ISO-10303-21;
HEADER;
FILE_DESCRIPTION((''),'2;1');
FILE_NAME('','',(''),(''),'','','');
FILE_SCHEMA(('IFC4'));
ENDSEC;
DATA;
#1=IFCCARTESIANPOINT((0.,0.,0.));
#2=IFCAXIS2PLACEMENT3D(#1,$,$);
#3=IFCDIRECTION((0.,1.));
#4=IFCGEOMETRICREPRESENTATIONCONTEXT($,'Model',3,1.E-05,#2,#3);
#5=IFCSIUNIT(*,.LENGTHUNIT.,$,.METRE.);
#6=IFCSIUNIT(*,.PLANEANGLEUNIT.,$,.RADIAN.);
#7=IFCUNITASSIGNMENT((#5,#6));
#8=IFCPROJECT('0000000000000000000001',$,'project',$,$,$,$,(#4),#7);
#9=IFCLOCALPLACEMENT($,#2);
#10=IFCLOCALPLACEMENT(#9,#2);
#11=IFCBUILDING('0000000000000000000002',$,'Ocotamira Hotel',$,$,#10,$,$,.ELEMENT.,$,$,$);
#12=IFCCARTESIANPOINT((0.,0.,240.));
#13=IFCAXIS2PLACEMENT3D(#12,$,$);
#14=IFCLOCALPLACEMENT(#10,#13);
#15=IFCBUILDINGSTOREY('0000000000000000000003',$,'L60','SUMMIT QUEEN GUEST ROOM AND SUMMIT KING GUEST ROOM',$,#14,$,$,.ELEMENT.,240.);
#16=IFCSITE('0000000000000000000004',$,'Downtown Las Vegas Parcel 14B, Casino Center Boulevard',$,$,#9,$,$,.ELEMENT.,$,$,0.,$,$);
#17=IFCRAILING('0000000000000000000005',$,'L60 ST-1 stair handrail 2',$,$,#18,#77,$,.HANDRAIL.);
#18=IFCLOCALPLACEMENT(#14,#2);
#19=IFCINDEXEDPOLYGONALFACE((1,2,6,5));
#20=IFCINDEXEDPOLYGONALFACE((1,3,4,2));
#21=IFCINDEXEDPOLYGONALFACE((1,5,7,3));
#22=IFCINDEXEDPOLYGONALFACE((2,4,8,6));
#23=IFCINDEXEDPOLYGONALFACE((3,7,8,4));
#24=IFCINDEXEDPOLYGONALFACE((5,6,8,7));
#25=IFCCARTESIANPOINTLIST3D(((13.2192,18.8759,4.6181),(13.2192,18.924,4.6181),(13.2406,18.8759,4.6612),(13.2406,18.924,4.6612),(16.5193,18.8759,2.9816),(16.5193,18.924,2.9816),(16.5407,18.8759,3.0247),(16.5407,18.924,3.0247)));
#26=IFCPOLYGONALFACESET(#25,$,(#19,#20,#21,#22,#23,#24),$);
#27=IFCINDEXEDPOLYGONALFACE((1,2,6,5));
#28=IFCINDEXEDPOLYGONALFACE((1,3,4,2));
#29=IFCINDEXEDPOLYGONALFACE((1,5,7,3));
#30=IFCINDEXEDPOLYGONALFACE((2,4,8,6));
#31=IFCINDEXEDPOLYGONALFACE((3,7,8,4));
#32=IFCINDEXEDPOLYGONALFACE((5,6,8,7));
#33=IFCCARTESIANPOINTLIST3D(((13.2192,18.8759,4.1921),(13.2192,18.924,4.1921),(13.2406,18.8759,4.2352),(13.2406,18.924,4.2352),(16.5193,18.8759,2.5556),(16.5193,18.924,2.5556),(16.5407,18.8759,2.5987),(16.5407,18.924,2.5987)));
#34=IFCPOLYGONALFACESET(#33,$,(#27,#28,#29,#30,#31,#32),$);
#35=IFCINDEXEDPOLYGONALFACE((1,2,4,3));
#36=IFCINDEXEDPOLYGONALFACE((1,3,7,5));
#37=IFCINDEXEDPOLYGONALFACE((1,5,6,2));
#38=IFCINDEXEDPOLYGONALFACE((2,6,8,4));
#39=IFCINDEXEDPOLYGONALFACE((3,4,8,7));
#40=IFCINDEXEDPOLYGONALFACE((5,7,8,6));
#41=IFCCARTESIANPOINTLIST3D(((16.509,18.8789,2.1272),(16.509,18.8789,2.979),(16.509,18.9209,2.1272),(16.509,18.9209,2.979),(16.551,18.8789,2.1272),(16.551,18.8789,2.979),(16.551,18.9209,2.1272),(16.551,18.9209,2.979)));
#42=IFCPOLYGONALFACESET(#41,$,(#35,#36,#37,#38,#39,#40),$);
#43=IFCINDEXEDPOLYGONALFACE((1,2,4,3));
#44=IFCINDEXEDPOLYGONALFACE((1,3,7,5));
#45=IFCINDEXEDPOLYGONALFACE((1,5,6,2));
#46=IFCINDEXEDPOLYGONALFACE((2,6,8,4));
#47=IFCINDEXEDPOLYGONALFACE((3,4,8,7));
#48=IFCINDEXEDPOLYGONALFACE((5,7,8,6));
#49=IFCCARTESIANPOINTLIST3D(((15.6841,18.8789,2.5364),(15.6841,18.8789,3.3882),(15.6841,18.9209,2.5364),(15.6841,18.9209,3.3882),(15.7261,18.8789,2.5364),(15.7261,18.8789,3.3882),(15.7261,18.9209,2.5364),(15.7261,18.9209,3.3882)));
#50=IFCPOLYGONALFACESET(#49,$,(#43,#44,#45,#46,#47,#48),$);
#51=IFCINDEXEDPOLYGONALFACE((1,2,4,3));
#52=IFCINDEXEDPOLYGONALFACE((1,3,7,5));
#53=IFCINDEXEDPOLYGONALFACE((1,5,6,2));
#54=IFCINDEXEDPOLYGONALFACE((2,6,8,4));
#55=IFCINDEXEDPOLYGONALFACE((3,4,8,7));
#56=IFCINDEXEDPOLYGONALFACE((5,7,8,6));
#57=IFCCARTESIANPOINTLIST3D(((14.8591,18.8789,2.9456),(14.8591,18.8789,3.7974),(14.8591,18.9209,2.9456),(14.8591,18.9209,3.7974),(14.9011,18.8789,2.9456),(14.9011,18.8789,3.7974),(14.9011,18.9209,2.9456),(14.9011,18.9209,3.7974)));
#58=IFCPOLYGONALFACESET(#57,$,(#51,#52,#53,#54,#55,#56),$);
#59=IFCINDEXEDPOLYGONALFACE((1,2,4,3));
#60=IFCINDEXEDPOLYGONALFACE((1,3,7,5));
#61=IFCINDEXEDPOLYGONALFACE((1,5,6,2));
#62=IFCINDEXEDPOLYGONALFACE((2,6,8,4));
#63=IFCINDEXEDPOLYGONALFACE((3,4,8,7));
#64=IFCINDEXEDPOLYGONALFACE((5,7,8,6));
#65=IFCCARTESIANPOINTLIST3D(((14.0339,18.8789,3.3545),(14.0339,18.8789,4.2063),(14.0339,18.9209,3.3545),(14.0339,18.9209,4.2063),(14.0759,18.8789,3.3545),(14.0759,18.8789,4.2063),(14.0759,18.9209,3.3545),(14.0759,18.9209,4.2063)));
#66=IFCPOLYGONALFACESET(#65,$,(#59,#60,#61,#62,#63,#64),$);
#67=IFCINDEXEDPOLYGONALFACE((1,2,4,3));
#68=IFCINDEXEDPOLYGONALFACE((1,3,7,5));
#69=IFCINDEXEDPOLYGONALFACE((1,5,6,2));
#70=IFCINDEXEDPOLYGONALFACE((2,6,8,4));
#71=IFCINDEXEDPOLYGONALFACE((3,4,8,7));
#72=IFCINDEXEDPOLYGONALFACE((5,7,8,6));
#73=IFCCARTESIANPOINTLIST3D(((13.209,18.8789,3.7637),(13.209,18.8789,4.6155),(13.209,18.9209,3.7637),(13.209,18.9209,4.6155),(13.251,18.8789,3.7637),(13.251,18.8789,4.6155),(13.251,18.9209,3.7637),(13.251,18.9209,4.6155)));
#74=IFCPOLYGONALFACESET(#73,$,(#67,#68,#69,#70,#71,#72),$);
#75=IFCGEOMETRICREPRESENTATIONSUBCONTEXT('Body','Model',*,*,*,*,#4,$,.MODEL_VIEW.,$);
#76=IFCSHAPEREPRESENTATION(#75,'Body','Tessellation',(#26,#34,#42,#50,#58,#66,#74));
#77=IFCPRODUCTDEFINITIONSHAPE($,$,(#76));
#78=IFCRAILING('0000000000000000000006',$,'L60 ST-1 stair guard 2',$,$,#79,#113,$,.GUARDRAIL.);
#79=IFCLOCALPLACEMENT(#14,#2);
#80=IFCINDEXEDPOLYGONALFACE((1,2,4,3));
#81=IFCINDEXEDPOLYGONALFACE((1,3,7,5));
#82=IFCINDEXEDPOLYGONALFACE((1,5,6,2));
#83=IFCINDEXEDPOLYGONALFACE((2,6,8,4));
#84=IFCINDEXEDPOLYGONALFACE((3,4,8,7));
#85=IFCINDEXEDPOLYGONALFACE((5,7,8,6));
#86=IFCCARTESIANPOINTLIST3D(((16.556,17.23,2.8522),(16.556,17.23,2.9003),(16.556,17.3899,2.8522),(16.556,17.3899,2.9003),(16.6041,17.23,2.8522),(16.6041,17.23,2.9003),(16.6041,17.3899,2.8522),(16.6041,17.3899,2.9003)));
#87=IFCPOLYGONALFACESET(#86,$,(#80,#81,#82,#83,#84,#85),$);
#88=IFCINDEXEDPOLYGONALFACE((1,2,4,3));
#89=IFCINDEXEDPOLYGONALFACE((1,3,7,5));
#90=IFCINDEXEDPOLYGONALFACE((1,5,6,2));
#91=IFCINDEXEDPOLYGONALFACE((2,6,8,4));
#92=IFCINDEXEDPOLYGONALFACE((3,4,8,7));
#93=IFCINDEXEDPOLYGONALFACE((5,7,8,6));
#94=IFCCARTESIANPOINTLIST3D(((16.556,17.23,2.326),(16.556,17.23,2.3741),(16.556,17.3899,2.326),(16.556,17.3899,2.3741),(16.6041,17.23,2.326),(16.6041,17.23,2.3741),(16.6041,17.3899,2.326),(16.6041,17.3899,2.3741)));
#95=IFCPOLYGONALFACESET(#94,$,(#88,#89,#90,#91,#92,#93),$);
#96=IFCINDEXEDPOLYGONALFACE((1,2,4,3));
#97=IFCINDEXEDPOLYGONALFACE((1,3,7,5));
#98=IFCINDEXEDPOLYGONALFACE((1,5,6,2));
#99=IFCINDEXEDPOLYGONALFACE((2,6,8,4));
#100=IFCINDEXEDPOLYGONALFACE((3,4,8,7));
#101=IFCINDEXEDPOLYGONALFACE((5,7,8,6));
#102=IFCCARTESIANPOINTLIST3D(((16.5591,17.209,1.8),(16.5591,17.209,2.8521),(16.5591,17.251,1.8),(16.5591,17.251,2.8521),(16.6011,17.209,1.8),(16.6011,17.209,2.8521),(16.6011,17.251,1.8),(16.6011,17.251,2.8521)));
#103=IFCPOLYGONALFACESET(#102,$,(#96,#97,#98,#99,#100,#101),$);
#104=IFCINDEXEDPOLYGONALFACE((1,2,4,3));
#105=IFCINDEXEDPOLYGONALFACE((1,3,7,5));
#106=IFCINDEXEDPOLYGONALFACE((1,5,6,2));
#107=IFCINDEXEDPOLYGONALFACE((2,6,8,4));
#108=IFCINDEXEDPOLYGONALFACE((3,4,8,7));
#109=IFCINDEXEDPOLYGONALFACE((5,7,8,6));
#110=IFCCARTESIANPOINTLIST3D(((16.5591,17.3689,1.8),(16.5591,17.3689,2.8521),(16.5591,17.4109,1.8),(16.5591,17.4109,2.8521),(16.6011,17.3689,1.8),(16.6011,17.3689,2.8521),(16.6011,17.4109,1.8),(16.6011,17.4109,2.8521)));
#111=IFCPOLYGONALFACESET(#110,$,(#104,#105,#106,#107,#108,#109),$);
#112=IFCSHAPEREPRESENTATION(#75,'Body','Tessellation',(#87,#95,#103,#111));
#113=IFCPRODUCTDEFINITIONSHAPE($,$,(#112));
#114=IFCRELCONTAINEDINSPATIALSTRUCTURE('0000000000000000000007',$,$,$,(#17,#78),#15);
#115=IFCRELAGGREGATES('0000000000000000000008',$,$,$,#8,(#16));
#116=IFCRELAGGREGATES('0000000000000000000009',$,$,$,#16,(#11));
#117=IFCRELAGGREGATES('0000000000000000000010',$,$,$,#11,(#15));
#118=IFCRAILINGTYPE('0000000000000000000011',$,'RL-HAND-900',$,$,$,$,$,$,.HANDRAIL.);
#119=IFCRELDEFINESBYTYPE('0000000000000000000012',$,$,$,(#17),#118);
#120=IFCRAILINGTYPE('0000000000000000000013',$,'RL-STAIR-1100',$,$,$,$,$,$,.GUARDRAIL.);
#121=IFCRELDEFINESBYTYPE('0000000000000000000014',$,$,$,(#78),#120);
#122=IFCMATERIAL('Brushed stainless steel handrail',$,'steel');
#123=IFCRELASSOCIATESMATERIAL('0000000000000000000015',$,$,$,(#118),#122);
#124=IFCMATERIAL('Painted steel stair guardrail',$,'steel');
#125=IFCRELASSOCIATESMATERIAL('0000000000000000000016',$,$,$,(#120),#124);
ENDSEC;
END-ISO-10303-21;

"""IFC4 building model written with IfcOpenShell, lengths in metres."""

from ifc_helpers import new_model, si_unit, direction, frame, origin, origin_2d, place, context, subcontext, project, spatial, rectangle, extrude, material, type_object, element, save


model = new_model("IFC4")

# Units and contexts
model_context = context("Model", 3, precision=1e-05, world=origin(), true_north=direction((0.0, 1.0)))
body_context = subcontext(model_context, "Body", "Model", "MODEL_VIEW")
ifc_project = project(units=[si_unit("LENGTHUNIT", "METRE"), si_unit("PLANEANGLEUNIT", "RADIAN")], contexts=[model_context])

# Site, building, storey
site_placement = place(None, origin())
site = spatial("IfcSite", under=ifc_project, at=site_placement, Name="Downtown Las Vegas Parcel 14B, Casino Center Boulevard", CompositionType="ELEMENT", RefElevation=0.0)
building_placement = place(site_placement, origin())
building = spatial("IfcBuilding", under=site, at=building_placement, Name="Ocotamira Hotel", CompositionType="ELEMENT")
storey_placement = place(building_placement, frame((0.0, 0.0, 240.0)))
storey = spatial("IfcBuildingStorey", under=building, at=storey_placement, Name="L60", Description="SUMMIT QUEEN GUEST ROOM AND SUMMIT KING GUEST ROOM", CompositionType="ELEMENT", Elevation=240.0)

# Railings
ifc_material_1 = material(Name="Painted steel stair guardrail", Category="steel")
ifc_material_2 = material(Name="Brushed stainless steel handrail", Category="steel")
railing_type_1 = type_object("IfcRailingType", Name="RL-HAND-900", PredefinedType="HANDRAIL", material=ifc_material_2)
railing_1_placement = place(storey_placement, frame((16.53, 18.8999, 2.1272)))
element("IfcRailing", 1, at=railing_1_placement, inside=storey, type_object=railing_type_1, Name="L60 ST-1 stair handrail 2", PredefinedType="HANDRAIL", context=body_context, shape_type="SweptSolid", body=[
    extrude(rectangle(XDim=0.0481, YDim=0.0481, at=origin_2d()), frame((0.0, 0.0, 0.876), z_axis=(-0.895894, 0.0, 0.444268), x_axis=(0.0, -1.0, 0.0)), (0.0, 0.0, 1.0), 3.6836),
    extrude(rectangle(XDim=0.0481, YDim=0.0481, at=origin_2d()), frame((0.0, 0.0, 0.45), z_axis=(-0.895894, 0.0, 0.444268), x_axis=(0.0, -1.0, 0.0)), (0.0, 0.0, 1.0), 3.6836),
    extrude(rectangle(XDim=0.042, YDim=0.042, at=origin_2d()), origin(), (0.0, 0.0, 1.0), 0.8518),
    extrude(rectangle(XDim=0.042, YDim=0.042, at=origin_2d()), frame((-0.825, 0.0, 0.4092)), (0.0, 0.0, 1.0), 0.8518),
    extrude(rectangle(XDim=0.042, YDim=0.042, at=origin_2d()), frame((-1.6499, 0.0, 0.8184)), (0.0, 0.0, 1.0), 0.8518),
    extrude(rectangle(XDim=0.042, YDim=0.042, at=origin_2d()), frame((-2.4751, 0.0, 1.2273)), (0.0, 0.0, 1.0), 0.8518),
    extrude(rectangle(XDim=0.042, YDim=0.042, at=origin_2d()), frame((-3.3, 0.0, 1.6365)), (0.0, 0.0, 1.0), 0.8518),
])
railing_type_2 = type_object("IfcRailingType", Name="RL-STAIR-1100", PredefinedType="GUARDRAIL", material=ifc_material_1)
railing_2_placement = place(storey_placement, frame((16.5801, 17.23, 1.8)))
element("IfcRailing", 2, at=railing_2_placement, inside=storey, type_object=railing_type_2, Name="L60 ST-1 stair guard 2", PredefinedType="GUARDRAIL", context=body_context, shape_type="SweptSolid", body=[
    extrude(rectangle(XDim=0.0481, YDim=0.0481, at=origin_2d()), frame((0.0, 0.0, 1.0762), z_axis=(0.0, 1.0, 0.0), x_axis=(-1.0, 0.0, 0.0)), (0.0, 0.0, 1.0), 0.1599),
    extrude(rectangle(XDim=0.0481, YDim=0.0481, at=origin_2d()), frame((0.0, 0.0, 0.55), z_axis=(0.0, 1.0, 0.0), x_axis=(-1.0, 0.0, 0.0)), (0.0, 0.0, 1.0), 0.1599),
    extrude(rectangle(XDim=0.042, YDim=0.042, at=origin_2d()), origin(), (0.0, 0.0, 1.0), 1.052),
    extrude(rectangle(XDim=0.042, YDim=0.042, at=origin_2d()), frame((0.0, 0.1599, 0.0)), (0.0, 0.0, 1.0), 1.052),
])

save(model, "model.ifc")
